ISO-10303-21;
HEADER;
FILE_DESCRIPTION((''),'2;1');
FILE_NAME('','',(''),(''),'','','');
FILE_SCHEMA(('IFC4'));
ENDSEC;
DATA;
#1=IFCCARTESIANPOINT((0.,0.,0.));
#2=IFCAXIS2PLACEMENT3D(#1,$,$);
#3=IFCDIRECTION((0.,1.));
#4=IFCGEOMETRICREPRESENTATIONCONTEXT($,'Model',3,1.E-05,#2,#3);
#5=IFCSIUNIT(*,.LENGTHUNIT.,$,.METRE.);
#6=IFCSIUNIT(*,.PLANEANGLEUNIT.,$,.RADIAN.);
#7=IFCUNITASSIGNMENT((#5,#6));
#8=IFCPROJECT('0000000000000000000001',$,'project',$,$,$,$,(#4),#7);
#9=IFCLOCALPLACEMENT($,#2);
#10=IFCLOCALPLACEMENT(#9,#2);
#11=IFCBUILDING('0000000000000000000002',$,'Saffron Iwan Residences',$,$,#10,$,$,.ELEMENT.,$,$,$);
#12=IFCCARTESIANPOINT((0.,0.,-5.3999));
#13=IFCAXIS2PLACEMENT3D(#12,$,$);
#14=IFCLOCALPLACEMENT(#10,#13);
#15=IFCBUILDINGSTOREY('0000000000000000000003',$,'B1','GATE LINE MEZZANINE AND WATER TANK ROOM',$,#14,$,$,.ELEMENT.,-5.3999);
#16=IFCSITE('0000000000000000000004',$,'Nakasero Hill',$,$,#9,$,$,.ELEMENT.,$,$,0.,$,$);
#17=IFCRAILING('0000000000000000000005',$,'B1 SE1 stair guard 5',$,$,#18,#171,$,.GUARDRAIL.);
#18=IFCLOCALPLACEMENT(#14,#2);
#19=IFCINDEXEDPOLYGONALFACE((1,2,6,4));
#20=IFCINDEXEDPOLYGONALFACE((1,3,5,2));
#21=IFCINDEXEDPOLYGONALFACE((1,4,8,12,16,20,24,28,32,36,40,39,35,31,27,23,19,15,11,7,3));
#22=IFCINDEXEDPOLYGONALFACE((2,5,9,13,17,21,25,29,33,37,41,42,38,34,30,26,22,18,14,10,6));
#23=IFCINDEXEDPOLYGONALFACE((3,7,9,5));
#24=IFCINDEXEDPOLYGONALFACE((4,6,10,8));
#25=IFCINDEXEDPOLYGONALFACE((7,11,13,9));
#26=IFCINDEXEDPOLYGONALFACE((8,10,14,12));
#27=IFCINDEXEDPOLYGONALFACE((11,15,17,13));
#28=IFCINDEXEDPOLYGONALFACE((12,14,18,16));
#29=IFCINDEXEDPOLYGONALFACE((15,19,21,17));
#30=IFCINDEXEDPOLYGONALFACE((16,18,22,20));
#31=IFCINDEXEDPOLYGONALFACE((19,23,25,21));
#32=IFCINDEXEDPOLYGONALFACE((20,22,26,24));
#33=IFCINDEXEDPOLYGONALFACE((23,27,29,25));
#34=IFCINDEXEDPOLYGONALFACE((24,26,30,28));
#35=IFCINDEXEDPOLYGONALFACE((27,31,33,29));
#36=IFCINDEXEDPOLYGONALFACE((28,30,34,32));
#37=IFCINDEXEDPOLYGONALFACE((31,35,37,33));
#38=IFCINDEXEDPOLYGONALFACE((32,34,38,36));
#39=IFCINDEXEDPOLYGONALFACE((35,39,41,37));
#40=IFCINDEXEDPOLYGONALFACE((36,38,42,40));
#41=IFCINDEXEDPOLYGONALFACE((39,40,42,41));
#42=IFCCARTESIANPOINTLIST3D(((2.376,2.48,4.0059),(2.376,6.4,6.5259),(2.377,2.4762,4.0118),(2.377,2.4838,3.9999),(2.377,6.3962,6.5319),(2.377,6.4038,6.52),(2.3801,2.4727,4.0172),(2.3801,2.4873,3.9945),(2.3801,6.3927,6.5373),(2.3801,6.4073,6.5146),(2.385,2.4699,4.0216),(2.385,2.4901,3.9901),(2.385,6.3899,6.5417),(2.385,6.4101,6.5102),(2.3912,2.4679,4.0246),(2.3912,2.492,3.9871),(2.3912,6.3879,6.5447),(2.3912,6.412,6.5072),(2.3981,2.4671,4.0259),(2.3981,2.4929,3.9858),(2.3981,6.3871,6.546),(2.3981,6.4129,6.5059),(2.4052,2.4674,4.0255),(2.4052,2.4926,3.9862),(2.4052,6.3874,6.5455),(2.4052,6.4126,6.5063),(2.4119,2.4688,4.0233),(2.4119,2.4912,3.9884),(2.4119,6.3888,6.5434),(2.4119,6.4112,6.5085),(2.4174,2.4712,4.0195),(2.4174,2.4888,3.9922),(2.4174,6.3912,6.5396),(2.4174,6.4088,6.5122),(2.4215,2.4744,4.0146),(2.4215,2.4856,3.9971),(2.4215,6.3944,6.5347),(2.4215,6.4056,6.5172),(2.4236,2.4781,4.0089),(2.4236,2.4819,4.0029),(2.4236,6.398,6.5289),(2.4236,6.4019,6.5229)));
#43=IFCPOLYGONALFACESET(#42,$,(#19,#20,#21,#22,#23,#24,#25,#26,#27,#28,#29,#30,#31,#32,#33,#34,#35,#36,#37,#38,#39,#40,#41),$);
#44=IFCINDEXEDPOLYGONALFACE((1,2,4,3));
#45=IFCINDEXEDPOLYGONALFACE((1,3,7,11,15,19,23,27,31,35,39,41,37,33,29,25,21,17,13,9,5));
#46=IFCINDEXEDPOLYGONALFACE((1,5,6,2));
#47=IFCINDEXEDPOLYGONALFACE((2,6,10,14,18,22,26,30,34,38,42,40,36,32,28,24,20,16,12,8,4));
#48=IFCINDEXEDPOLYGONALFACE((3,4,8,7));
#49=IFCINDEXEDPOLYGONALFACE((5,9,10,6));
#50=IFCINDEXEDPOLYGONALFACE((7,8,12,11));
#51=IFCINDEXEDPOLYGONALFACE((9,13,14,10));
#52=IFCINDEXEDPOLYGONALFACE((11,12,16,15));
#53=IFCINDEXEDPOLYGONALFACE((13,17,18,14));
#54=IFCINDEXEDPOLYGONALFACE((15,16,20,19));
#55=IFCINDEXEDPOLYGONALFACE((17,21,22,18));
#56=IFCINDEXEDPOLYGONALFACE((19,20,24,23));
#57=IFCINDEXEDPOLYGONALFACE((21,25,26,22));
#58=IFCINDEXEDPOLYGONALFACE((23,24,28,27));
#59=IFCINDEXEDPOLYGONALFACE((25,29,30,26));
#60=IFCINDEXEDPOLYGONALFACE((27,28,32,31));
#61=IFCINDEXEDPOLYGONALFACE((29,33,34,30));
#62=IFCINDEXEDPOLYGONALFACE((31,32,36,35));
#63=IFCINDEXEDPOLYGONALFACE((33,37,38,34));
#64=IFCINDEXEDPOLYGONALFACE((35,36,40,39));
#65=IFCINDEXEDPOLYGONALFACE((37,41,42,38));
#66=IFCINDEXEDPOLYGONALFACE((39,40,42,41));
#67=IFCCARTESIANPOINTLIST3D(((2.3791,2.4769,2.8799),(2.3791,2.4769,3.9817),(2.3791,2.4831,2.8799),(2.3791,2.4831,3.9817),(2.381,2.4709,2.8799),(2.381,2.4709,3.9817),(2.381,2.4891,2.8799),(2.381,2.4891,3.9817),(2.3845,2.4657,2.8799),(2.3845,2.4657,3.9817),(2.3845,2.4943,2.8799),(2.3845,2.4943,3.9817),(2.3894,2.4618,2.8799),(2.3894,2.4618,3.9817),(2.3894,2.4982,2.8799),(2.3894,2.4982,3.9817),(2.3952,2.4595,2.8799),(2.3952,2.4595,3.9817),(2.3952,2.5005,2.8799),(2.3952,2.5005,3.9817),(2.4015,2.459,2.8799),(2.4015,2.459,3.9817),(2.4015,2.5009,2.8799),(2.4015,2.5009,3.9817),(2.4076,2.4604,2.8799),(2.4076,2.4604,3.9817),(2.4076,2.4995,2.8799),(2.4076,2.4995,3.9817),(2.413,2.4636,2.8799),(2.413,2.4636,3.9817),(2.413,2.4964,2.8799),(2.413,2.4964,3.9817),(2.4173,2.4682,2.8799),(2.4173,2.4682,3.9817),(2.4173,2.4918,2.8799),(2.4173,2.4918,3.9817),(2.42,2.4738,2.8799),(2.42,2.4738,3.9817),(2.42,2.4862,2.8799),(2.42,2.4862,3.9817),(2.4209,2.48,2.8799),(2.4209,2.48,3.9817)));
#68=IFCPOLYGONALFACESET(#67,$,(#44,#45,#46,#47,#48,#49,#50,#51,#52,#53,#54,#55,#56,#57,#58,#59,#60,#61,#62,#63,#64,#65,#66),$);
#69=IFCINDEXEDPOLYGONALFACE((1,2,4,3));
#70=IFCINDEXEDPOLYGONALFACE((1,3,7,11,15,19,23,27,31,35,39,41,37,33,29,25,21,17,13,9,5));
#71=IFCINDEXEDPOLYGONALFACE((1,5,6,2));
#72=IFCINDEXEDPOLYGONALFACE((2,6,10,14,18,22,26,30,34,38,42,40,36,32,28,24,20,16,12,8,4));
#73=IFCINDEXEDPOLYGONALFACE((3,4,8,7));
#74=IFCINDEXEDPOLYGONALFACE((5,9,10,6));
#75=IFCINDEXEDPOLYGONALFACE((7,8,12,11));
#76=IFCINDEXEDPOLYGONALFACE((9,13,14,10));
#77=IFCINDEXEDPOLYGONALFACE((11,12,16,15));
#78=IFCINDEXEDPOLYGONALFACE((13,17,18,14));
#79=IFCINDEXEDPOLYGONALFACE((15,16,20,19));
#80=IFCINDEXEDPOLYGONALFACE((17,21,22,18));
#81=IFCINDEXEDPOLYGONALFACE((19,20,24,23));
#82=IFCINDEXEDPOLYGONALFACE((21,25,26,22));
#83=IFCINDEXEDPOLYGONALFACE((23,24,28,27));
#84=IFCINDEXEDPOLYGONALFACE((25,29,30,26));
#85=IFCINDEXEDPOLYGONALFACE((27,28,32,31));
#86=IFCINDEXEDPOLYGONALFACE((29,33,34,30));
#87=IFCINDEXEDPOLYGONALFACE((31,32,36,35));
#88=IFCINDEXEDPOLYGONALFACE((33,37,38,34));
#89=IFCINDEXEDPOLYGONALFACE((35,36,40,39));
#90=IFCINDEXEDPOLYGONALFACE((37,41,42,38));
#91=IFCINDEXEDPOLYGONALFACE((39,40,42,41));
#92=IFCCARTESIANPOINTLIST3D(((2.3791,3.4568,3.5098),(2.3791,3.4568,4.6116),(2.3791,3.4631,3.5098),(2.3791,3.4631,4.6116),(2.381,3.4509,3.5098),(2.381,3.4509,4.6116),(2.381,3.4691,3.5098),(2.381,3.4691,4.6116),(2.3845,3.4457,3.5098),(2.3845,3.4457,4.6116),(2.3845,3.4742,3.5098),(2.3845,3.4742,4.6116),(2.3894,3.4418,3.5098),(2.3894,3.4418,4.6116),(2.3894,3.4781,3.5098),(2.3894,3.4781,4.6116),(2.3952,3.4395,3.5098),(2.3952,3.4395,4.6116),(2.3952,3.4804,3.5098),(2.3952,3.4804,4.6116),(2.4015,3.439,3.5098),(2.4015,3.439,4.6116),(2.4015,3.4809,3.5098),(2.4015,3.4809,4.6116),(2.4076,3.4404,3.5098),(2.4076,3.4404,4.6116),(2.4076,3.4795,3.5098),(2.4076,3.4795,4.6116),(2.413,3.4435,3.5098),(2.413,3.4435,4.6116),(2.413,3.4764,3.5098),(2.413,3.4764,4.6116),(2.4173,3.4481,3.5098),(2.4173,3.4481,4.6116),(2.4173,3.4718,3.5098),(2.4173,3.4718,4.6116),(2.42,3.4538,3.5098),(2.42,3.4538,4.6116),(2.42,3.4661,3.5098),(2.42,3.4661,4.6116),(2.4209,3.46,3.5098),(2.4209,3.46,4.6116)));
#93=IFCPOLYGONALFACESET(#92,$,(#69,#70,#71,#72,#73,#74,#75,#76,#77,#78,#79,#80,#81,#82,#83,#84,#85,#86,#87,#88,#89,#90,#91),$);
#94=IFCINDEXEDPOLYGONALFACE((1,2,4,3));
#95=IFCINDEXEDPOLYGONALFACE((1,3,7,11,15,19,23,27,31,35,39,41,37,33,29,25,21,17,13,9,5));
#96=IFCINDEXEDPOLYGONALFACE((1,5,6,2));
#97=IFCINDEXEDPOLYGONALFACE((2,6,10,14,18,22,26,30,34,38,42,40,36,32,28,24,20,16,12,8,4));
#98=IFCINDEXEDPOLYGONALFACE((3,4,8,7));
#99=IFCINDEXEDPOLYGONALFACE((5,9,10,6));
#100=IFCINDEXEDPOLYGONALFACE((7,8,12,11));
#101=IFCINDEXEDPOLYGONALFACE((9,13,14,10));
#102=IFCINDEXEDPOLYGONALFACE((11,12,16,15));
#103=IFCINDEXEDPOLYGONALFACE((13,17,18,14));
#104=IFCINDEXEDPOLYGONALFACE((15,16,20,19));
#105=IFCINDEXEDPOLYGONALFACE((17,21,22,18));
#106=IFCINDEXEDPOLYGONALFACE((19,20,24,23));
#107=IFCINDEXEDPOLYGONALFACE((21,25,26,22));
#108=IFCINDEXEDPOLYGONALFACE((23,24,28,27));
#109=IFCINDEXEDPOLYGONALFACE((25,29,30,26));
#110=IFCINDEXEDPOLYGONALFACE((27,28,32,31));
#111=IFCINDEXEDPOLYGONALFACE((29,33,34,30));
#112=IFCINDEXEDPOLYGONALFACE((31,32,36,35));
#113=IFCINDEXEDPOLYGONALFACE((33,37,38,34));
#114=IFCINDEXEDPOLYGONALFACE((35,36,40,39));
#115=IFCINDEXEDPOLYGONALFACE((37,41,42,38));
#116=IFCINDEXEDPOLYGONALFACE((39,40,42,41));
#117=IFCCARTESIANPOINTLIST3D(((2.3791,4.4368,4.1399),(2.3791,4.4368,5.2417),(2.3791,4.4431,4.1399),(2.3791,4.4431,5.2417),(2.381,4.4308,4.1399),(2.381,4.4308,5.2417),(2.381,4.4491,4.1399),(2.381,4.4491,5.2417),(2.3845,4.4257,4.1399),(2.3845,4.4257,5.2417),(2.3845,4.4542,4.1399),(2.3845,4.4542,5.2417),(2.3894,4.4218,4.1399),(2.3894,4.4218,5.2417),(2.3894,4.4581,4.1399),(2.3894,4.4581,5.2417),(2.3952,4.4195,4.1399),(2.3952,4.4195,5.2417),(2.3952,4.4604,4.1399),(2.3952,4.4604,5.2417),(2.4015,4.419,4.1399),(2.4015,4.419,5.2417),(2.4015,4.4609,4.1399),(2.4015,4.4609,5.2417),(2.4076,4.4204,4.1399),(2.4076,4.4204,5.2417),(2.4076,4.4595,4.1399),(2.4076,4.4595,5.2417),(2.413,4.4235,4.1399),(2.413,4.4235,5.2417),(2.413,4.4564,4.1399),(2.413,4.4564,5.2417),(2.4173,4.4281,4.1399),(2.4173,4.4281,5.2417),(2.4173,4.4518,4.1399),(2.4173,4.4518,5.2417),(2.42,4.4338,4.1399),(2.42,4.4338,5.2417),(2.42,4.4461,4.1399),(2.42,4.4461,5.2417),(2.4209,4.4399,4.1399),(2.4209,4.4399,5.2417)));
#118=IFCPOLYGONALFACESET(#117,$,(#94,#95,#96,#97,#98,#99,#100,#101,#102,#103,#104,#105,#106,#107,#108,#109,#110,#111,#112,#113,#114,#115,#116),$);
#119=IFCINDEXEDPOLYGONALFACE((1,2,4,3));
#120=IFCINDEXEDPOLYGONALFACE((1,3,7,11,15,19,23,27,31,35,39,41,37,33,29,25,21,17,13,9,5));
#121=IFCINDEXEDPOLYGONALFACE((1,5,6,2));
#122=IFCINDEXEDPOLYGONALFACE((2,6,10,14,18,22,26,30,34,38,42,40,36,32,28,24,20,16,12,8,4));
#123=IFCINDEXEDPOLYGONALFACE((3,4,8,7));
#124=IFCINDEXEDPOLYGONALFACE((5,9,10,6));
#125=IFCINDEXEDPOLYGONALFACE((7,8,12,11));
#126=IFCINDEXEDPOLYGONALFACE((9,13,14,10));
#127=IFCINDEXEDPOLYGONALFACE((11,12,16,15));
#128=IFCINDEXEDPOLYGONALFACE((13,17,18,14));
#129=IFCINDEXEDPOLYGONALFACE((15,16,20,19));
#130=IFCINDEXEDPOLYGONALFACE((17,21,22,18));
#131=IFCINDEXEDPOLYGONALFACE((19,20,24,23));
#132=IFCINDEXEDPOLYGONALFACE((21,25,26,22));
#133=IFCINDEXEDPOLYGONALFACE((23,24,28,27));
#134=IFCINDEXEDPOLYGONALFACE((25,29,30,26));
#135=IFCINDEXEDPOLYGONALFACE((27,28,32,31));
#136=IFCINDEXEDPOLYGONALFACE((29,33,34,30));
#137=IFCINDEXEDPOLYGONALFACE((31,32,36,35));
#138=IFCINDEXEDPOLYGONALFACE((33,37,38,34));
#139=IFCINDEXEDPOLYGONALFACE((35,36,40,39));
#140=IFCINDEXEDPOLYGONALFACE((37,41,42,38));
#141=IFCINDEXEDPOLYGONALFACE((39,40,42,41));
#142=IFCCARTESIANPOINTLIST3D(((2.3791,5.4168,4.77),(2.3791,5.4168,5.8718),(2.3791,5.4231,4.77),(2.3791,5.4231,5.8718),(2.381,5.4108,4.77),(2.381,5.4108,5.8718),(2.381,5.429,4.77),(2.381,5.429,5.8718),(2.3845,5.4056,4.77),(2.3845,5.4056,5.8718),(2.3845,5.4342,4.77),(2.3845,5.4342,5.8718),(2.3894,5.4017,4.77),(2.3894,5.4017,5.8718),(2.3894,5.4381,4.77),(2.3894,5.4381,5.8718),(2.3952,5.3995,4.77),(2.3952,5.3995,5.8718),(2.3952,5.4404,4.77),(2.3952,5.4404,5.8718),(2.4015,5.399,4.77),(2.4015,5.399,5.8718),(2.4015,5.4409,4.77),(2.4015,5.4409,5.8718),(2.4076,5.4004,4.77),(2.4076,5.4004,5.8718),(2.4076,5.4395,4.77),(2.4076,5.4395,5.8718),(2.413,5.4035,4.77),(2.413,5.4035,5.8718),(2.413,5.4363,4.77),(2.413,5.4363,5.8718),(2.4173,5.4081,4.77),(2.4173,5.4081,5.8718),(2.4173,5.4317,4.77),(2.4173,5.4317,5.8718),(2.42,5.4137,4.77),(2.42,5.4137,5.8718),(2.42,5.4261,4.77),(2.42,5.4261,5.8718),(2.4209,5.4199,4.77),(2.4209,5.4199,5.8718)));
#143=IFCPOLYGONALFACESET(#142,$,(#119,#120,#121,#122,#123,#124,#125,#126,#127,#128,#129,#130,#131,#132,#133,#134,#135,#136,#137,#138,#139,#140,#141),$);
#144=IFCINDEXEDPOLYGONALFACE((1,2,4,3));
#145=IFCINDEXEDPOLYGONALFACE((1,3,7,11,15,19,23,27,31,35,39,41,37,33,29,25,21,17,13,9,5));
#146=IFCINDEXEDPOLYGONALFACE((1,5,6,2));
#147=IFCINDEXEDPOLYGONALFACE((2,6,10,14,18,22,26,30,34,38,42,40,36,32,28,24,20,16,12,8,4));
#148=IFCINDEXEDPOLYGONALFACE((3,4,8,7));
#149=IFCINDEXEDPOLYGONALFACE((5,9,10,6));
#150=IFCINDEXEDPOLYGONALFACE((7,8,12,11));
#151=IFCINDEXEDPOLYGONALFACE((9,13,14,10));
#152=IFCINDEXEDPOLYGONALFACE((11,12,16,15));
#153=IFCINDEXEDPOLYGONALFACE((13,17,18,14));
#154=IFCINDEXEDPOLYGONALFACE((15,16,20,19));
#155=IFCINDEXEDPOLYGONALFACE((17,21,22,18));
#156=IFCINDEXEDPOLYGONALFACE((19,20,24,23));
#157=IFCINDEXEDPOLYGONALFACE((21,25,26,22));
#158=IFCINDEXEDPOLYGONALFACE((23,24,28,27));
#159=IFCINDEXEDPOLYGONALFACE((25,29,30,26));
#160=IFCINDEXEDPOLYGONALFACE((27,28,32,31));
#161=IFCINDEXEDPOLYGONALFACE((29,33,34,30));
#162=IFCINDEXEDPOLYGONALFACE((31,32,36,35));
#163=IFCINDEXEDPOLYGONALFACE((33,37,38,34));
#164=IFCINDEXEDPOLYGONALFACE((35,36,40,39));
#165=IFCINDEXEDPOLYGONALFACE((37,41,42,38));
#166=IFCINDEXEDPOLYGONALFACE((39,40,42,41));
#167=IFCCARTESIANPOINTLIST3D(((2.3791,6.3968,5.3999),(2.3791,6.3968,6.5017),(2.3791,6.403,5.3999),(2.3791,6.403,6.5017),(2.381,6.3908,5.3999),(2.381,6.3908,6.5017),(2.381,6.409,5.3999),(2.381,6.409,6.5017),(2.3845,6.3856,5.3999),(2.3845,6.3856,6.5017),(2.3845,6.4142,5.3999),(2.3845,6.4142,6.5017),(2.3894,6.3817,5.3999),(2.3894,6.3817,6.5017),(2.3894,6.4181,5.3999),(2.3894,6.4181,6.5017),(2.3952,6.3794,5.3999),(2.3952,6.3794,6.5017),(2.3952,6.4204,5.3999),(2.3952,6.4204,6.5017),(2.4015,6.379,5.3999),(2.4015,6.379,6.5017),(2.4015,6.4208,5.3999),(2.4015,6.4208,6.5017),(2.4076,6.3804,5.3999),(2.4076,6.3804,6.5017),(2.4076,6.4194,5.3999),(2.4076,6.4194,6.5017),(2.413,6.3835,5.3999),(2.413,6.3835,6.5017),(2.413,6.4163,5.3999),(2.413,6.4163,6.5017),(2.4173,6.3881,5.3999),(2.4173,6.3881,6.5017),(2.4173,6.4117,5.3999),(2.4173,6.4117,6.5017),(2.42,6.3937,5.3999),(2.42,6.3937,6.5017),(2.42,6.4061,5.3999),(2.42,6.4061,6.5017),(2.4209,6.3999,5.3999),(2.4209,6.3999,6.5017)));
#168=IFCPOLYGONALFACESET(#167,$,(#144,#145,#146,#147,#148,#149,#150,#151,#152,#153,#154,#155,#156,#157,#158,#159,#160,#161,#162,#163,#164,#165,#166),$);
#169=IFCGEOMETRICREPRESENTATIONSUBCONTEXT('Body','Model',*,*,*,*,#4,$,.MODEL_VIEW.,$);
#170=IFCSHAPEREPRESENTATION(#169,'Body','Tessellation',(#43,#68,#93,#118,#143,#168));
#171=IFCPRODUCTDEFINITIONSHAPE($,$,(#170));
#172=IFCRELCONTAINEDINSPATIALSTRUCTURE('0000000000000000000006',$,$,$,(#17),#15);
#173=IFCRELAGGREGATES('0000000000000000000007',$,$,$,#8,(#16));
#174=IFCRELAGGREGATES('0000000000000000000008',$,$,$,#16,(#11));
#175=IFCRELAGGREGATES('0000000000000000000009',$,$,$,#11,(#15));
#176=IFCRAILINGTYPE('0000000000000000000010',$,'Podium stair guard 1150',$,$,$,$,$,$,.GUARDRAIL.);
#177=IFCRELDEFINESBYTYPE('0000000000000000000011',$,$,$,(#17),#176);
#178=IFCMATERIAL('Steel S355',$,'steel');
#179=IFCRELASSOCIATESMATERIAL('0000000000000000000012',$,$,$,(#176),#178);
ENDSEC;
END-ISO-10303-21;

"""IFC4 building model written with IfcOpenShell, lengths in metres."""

from ifc_helpers import new_model, si_unit, direction, frame, origin, origin_2d, place, context, subcontext, project, spatial, circle, extrude, material, type_object, element, save


model = new_model("IFC4")

# Units and contexts
model_context = context("Model", 3, precision=1e-05, world=origin(), true_north=direction((0.0, 1.0)))
body_context = subcontext(model_context, "Body", "Model", "MODEL_VIEW")
ifc_project = project(units=[si_unit("LENGTHUNIT", "METRE"), si_unit("PLANEANGLEUNIT", "RADIAN")], contexts=[model_context])

# Site, building, storey
site_placement = place(None, origin())
site = spatial("IfcSite", under=ifc_project, at=site_placement, Name="Nakasero Hill", CompositionType="ELEMENT", RefElevation=0.0)
building_placement = place(site_placement, origin())
building = spatial("IfcBuilding", under=site, at=building_placement, Name="Saffron Iwan Residences", CompositionType="ELEMENT")
storey_placement = place(building_placement, frame((0.0, 0.0, -5.3999)))
storey = spatial("IfcBuildingStorey", under=building, at=storey_placement, Name="B1", Description="GATE LINE MEZZANINE AND WATER TANK ROOM", CompositionType="ELEMENT", Elevation=-5.3999)

# Railing
ifc_material_1 = material(Name="Steel S355", Category="steel")
railing_type_1 = type_object("IfcRailingType", Name="Podium stair guard 1150", PredefinedType="GUARDRAIL", material=ifc_material_1)
railing_1_placement = place(storey_placement, frame((2.3999, 2.48, 2.8799)))
element("IfcRailing", 1, at=railing_1_placement, inside=storey, type_object=railing_type_1, Name="B1 SE1 stair guard 5", PredefinedType="GUARDRAIL", context=body_context, shape_type="SweptSolid", body=[
    extrude(circle(Radius=0.0239, at=origin_2d()), frame((0.0, 0.0, 1.126), z_axis=(0.0, 0.841172, 0.540768), x_axis=(-1.0, 0.0, 0.0)), (0.0, 0.0, 1.0), 4.6602),
    extrude(circle(Radius=0.021, at=origin_2d()), origin(), (0.0, 0.0, 1.0), 1.1018),
    extrude(circle(Radius=0.021, at=origin_2d()), frame((0.0, 0.98, 0.6299)), (0.0, 0.0, 1.0), 1.1018),
    extrude(circle(Radius=0.021, at=origin_2d()), frame((0.0, 1.96, 1.26)), (0.0, 0.0, 1.0), 1.1018),
    extrude(circle(Radius=0.021, at=origin_2d()), frame((0.0, 2.9399, 1.8901)), (0.0, 0.0, 1.0), 1.1018),
    extrude(circle(Radius=0.021, at=origin_2d()), frame((0.0, 3.9199, 2.52)), (0.0, 0.0, 1.0), 1.1018),
])

save(model, "model.ifc")
